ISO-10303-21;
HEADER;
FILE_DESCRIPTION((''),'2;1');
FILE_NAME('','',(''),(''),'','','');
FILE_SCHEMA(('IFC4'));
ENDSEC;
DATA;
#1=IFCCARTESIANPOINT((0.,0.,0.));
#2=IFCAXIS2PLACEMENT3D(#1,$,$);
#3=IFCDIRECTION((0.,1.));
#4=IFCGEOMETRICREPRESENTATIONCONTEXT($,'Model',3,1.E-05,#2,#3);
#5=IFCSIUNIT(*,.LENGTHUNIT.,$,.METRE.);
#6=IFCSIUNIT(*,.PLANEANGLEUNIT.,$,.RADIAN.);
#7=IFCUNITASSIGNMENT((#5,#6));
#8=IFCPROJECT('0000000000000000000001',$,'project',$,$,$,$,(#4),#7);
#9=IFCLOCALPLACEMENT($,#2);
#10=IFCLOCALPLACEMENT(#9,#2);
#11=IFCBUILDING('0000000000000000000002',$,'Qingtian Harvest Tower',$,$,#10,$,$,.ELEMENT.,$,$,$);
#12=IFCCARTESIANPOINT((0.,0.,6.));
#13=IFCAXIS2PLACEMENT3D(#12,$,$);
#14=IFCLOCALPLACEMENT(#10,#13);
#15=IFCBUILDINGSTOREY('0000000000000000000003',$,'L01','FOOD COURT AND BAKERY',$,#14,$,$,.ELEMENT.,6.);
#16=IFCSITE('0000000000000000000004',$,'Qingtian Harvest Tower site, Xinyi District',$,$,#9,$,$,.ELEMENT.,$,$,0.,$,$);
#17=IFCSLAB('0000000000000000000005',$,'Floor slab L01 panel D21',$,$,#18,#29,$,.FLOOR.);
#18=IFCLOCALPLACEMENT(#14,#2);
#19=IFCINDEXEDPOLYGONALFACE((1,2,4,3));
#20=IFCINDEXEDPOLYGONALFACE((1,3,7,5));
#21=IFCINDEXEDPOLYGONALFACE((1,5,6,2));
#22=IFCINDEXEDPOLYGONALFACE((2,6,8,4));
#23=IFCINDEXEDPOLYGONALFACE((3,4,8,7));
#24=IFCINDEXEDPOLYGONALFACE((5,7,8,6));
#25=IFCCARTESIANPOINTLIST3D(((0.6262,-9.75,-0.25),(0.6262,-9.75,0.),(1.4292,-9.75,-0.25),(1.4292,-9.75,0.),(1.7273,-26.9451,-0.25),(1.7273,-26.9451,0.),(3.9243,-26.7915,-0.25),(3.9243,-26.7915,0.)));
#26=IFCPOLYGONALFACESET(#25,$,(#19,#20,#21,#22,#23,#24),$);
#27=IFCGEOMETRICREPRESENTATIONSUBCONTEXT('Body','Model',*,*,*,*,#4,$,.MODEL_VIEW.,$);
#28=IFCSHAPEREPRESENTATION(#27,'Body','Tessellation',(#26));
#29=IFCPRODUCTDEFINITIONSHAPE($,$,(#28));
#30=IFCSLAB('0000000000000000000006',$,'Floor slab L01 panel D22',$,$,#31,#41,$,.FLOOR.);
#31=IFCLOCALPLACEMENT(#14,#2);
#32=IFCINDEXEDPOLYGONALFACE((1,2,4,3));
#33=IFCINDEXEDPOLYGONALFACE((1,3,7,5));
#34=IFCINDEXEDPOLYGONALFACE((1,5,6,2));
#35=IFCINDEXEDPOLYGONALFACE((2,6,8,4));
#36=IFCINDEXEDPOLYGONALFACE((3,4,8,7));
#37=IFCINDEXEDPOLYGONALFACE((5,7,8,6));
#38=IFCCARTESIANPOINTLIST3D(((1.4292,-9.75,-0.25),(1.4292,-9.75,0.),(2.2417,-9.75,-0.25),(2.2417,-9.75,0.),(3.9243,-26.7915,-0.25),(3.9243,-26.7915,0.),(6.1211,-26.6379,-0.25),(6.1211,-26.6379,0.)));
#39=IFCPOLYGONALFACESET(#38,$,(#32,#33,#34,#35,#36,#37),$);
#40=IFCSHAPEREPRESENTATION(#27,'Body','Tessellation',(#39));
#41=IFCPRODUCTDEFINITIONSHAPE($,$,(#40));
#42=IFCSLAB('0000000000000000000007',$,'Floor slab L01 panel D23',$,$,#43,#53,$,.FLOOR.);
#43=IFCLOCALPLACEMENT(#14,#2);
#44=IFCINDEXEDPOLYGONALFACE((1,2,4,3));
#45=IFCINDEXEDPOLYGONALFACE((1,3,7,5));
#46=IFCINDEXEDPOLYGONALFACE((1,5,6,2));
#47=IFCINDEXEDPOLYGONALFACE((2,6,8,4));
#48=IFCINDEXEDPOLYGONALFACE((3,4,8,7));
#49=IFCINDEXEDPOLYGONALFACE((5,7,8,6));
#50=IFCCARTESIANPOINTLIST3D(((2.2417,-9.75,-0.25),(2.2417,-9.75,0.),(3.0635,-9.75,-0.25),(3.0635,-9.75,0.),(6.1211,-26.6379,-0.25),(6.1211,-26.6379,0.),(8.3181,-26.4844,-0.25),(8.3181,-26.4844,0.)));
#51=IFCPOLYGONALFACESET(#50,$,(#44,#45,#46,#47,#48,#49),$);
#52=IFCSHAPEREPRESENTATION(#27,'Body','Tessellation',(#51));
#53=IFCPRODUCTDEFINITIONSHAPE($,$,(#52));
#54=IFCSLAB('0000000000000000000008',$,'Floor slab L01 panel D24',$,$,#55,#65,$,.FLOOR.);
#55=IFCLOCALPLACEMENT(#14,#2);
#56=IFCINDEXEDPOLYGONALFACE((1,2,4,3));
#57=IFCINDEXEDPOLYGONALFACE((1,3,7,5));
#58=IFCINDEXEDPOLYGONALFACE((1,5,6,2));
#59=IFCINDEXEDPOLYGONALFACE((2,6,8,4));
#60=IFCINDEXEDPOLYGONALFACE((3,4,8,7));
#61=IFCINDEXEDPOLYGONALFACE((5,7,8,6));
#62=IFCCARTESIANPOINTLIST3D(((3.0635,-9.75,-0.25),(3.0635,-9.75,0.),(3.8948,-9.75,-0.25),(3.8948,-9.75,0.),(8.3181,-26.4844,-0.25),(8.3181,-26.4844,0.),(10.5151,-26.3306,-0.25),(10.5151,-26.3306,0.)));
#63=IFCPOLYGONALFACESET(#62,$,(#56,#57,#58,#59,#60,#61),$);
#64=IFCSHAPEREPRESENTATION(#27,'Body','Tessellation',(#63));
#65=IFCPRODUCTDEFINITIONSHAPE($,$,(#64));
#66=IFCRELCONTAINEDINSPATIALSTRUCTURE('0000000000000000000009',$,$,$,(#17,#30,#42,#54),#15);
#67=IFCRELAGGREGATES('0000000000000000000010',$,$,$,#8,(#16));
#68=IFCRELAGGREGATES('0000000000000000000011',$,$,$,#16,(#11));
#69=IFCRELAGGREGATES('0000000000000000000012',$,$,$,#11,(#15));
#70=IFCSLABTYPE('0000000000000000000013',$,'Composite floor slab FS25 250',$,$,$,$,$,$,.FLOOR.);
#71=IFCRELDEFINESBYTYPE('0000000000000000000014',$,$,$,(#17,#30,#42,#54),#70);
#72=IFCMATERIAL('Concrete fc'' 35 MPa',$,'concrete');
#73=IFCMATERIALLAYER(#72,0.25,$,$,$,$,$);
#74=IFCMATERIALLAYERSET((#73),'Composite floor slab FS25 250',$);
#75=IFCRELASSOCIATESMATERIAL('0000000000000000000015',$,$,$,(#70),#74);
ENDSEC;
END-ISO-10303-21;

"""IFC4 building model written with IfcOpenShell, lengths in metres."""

from ifc_helpers import new_model, si_unit, direction, frame, origin, place, context, subcontext, project, spatial, polyline, outline, extrude, material, layer, layer_set, type_object, element, save


model = new_model("IFC4")

# Units and contexts
model_context = context("Model", 3, precision=1e-05, world=origin(), true_north=direction((0.0, 1.0)))
body_context = subcontext(model_context, "Body", "Model", "MODEL_VIEW")
ifc_project = project(units=[si_unit("LENGTHUNIT", "METRE"), si_unit("PLANEANGLEUNIT", "RADIAN")], contexts=[model_context])

# Site, building, storey
site_placement = place(None, origin())
site = spatial("IfcSite", under=ifc_project, at=site_placement, Name="Qingtian Harvest Tower site, Xinyi District", CompositionType="ELEMENT", RefElevation=0.0)
building_placement = place(site_placement, origin())
building = spatial("IfcBuilding", under=site, at=building_placement, Name="Qingtian Harvest Tower", CompositionType="ELEMENT")
storey_placement = place(building_placement, frame((0.0, 0.0, 6.0)))
storey = spatial("IfcBuildingStorey", under=building, at=storey_placement, Name="L01", Description="FOOD COURT AND BAKERY", CompositionType="ELEMENT", Elevation=6.0)

# Slabs
ifc_material = material(Name="Concrete fc' 35 MPa", Category="concrete")
ifc_layer = layer(ifc_material, 0.25)
ifc_layer_set = layer_set([ifc_layer], Name="Composite floor slab FS25 250")
slab_type = type_object("IfcSlabType", Name="Composite floor slab FS25 250", PredefinedType="FLOOR", material=ifc_layer_set)
slab_1_placement = place(storey_placement, frame((0.0, 0.0, -0.25)))
element("IfcSlab", 1, at=slab_1_placement, inside=storey, type_object=slab_type, Name="Floor slab L01 panel D21", PredefinedType="FLOOR", context=body_context, shape_type="SweptSolid", body=[
    extrude(outline(polyline([(1.4292, -9.75), (3.9243, -26.7915), (1.7273, -26.9451), (0.6262, -9.75), (1.4292, -9.75)])), origin(), (0.0, 0.0, 1.0), 0.25),
])
slab_2_placement = place(storey_placement, frame((0.0, 0.0, -0.25)))
element("IfcSlab", 2, at=slab_2_placement, inside=storey, type_object=slab_type, Name="Floor slab L01 panel D22", PredefinedType="FLOOR", context=body_context, shape_type="SweptSolid", body=[
    extrude(outline(polyline([(2.2417, -9.75), (6.1211, -26.6379), (3.9243, -26.7915), (1.4292, -9.75), (2.2417, -9.75)])), origin(), (0.0, 0.0, 1.0), 0.25),
])
slab_3_placement = place(storey_placement, frame((0.0, 0.0, -0.25)))
element("IfcSlab", 3, at=slab_3_placement, inside=storey, type_object=slab_type, Name="Floor slab L01 panel D23", PredefinedType="FLOOR", context=body_context, shape_type="SweptSolid", body=[
    extrude(outline(polyline([(3.0635, -9.75), (8.3181, -26.4844), (6.1211, -26.6379), (2.2417, -9.75), (3.0635, -9.75)])), origin(), (0.0, 0.0, 1.0), 0.25),
])
slab_4_placement = place(storey_placement, frame((0.0, 0.0, -0.25)))
element("IfcSlab", 4, at=slab_4_placement, inside=storey, type_object=slab_type, Name="Floor slab L01 panel D24", PredefinedType="FLOOR", context=body_context, shape_type="SweptSolid", body=[
    extrude(outline(polyline([(3.8948, -9.75), (10.5151, -26.3306), (8.3181, -26.4844), (3.0635, -9.75), (3.8948, -9.75)])), origin(), (0.0, 0.0, 1.0), 0.25),
])

save(model, "model.ifc")
